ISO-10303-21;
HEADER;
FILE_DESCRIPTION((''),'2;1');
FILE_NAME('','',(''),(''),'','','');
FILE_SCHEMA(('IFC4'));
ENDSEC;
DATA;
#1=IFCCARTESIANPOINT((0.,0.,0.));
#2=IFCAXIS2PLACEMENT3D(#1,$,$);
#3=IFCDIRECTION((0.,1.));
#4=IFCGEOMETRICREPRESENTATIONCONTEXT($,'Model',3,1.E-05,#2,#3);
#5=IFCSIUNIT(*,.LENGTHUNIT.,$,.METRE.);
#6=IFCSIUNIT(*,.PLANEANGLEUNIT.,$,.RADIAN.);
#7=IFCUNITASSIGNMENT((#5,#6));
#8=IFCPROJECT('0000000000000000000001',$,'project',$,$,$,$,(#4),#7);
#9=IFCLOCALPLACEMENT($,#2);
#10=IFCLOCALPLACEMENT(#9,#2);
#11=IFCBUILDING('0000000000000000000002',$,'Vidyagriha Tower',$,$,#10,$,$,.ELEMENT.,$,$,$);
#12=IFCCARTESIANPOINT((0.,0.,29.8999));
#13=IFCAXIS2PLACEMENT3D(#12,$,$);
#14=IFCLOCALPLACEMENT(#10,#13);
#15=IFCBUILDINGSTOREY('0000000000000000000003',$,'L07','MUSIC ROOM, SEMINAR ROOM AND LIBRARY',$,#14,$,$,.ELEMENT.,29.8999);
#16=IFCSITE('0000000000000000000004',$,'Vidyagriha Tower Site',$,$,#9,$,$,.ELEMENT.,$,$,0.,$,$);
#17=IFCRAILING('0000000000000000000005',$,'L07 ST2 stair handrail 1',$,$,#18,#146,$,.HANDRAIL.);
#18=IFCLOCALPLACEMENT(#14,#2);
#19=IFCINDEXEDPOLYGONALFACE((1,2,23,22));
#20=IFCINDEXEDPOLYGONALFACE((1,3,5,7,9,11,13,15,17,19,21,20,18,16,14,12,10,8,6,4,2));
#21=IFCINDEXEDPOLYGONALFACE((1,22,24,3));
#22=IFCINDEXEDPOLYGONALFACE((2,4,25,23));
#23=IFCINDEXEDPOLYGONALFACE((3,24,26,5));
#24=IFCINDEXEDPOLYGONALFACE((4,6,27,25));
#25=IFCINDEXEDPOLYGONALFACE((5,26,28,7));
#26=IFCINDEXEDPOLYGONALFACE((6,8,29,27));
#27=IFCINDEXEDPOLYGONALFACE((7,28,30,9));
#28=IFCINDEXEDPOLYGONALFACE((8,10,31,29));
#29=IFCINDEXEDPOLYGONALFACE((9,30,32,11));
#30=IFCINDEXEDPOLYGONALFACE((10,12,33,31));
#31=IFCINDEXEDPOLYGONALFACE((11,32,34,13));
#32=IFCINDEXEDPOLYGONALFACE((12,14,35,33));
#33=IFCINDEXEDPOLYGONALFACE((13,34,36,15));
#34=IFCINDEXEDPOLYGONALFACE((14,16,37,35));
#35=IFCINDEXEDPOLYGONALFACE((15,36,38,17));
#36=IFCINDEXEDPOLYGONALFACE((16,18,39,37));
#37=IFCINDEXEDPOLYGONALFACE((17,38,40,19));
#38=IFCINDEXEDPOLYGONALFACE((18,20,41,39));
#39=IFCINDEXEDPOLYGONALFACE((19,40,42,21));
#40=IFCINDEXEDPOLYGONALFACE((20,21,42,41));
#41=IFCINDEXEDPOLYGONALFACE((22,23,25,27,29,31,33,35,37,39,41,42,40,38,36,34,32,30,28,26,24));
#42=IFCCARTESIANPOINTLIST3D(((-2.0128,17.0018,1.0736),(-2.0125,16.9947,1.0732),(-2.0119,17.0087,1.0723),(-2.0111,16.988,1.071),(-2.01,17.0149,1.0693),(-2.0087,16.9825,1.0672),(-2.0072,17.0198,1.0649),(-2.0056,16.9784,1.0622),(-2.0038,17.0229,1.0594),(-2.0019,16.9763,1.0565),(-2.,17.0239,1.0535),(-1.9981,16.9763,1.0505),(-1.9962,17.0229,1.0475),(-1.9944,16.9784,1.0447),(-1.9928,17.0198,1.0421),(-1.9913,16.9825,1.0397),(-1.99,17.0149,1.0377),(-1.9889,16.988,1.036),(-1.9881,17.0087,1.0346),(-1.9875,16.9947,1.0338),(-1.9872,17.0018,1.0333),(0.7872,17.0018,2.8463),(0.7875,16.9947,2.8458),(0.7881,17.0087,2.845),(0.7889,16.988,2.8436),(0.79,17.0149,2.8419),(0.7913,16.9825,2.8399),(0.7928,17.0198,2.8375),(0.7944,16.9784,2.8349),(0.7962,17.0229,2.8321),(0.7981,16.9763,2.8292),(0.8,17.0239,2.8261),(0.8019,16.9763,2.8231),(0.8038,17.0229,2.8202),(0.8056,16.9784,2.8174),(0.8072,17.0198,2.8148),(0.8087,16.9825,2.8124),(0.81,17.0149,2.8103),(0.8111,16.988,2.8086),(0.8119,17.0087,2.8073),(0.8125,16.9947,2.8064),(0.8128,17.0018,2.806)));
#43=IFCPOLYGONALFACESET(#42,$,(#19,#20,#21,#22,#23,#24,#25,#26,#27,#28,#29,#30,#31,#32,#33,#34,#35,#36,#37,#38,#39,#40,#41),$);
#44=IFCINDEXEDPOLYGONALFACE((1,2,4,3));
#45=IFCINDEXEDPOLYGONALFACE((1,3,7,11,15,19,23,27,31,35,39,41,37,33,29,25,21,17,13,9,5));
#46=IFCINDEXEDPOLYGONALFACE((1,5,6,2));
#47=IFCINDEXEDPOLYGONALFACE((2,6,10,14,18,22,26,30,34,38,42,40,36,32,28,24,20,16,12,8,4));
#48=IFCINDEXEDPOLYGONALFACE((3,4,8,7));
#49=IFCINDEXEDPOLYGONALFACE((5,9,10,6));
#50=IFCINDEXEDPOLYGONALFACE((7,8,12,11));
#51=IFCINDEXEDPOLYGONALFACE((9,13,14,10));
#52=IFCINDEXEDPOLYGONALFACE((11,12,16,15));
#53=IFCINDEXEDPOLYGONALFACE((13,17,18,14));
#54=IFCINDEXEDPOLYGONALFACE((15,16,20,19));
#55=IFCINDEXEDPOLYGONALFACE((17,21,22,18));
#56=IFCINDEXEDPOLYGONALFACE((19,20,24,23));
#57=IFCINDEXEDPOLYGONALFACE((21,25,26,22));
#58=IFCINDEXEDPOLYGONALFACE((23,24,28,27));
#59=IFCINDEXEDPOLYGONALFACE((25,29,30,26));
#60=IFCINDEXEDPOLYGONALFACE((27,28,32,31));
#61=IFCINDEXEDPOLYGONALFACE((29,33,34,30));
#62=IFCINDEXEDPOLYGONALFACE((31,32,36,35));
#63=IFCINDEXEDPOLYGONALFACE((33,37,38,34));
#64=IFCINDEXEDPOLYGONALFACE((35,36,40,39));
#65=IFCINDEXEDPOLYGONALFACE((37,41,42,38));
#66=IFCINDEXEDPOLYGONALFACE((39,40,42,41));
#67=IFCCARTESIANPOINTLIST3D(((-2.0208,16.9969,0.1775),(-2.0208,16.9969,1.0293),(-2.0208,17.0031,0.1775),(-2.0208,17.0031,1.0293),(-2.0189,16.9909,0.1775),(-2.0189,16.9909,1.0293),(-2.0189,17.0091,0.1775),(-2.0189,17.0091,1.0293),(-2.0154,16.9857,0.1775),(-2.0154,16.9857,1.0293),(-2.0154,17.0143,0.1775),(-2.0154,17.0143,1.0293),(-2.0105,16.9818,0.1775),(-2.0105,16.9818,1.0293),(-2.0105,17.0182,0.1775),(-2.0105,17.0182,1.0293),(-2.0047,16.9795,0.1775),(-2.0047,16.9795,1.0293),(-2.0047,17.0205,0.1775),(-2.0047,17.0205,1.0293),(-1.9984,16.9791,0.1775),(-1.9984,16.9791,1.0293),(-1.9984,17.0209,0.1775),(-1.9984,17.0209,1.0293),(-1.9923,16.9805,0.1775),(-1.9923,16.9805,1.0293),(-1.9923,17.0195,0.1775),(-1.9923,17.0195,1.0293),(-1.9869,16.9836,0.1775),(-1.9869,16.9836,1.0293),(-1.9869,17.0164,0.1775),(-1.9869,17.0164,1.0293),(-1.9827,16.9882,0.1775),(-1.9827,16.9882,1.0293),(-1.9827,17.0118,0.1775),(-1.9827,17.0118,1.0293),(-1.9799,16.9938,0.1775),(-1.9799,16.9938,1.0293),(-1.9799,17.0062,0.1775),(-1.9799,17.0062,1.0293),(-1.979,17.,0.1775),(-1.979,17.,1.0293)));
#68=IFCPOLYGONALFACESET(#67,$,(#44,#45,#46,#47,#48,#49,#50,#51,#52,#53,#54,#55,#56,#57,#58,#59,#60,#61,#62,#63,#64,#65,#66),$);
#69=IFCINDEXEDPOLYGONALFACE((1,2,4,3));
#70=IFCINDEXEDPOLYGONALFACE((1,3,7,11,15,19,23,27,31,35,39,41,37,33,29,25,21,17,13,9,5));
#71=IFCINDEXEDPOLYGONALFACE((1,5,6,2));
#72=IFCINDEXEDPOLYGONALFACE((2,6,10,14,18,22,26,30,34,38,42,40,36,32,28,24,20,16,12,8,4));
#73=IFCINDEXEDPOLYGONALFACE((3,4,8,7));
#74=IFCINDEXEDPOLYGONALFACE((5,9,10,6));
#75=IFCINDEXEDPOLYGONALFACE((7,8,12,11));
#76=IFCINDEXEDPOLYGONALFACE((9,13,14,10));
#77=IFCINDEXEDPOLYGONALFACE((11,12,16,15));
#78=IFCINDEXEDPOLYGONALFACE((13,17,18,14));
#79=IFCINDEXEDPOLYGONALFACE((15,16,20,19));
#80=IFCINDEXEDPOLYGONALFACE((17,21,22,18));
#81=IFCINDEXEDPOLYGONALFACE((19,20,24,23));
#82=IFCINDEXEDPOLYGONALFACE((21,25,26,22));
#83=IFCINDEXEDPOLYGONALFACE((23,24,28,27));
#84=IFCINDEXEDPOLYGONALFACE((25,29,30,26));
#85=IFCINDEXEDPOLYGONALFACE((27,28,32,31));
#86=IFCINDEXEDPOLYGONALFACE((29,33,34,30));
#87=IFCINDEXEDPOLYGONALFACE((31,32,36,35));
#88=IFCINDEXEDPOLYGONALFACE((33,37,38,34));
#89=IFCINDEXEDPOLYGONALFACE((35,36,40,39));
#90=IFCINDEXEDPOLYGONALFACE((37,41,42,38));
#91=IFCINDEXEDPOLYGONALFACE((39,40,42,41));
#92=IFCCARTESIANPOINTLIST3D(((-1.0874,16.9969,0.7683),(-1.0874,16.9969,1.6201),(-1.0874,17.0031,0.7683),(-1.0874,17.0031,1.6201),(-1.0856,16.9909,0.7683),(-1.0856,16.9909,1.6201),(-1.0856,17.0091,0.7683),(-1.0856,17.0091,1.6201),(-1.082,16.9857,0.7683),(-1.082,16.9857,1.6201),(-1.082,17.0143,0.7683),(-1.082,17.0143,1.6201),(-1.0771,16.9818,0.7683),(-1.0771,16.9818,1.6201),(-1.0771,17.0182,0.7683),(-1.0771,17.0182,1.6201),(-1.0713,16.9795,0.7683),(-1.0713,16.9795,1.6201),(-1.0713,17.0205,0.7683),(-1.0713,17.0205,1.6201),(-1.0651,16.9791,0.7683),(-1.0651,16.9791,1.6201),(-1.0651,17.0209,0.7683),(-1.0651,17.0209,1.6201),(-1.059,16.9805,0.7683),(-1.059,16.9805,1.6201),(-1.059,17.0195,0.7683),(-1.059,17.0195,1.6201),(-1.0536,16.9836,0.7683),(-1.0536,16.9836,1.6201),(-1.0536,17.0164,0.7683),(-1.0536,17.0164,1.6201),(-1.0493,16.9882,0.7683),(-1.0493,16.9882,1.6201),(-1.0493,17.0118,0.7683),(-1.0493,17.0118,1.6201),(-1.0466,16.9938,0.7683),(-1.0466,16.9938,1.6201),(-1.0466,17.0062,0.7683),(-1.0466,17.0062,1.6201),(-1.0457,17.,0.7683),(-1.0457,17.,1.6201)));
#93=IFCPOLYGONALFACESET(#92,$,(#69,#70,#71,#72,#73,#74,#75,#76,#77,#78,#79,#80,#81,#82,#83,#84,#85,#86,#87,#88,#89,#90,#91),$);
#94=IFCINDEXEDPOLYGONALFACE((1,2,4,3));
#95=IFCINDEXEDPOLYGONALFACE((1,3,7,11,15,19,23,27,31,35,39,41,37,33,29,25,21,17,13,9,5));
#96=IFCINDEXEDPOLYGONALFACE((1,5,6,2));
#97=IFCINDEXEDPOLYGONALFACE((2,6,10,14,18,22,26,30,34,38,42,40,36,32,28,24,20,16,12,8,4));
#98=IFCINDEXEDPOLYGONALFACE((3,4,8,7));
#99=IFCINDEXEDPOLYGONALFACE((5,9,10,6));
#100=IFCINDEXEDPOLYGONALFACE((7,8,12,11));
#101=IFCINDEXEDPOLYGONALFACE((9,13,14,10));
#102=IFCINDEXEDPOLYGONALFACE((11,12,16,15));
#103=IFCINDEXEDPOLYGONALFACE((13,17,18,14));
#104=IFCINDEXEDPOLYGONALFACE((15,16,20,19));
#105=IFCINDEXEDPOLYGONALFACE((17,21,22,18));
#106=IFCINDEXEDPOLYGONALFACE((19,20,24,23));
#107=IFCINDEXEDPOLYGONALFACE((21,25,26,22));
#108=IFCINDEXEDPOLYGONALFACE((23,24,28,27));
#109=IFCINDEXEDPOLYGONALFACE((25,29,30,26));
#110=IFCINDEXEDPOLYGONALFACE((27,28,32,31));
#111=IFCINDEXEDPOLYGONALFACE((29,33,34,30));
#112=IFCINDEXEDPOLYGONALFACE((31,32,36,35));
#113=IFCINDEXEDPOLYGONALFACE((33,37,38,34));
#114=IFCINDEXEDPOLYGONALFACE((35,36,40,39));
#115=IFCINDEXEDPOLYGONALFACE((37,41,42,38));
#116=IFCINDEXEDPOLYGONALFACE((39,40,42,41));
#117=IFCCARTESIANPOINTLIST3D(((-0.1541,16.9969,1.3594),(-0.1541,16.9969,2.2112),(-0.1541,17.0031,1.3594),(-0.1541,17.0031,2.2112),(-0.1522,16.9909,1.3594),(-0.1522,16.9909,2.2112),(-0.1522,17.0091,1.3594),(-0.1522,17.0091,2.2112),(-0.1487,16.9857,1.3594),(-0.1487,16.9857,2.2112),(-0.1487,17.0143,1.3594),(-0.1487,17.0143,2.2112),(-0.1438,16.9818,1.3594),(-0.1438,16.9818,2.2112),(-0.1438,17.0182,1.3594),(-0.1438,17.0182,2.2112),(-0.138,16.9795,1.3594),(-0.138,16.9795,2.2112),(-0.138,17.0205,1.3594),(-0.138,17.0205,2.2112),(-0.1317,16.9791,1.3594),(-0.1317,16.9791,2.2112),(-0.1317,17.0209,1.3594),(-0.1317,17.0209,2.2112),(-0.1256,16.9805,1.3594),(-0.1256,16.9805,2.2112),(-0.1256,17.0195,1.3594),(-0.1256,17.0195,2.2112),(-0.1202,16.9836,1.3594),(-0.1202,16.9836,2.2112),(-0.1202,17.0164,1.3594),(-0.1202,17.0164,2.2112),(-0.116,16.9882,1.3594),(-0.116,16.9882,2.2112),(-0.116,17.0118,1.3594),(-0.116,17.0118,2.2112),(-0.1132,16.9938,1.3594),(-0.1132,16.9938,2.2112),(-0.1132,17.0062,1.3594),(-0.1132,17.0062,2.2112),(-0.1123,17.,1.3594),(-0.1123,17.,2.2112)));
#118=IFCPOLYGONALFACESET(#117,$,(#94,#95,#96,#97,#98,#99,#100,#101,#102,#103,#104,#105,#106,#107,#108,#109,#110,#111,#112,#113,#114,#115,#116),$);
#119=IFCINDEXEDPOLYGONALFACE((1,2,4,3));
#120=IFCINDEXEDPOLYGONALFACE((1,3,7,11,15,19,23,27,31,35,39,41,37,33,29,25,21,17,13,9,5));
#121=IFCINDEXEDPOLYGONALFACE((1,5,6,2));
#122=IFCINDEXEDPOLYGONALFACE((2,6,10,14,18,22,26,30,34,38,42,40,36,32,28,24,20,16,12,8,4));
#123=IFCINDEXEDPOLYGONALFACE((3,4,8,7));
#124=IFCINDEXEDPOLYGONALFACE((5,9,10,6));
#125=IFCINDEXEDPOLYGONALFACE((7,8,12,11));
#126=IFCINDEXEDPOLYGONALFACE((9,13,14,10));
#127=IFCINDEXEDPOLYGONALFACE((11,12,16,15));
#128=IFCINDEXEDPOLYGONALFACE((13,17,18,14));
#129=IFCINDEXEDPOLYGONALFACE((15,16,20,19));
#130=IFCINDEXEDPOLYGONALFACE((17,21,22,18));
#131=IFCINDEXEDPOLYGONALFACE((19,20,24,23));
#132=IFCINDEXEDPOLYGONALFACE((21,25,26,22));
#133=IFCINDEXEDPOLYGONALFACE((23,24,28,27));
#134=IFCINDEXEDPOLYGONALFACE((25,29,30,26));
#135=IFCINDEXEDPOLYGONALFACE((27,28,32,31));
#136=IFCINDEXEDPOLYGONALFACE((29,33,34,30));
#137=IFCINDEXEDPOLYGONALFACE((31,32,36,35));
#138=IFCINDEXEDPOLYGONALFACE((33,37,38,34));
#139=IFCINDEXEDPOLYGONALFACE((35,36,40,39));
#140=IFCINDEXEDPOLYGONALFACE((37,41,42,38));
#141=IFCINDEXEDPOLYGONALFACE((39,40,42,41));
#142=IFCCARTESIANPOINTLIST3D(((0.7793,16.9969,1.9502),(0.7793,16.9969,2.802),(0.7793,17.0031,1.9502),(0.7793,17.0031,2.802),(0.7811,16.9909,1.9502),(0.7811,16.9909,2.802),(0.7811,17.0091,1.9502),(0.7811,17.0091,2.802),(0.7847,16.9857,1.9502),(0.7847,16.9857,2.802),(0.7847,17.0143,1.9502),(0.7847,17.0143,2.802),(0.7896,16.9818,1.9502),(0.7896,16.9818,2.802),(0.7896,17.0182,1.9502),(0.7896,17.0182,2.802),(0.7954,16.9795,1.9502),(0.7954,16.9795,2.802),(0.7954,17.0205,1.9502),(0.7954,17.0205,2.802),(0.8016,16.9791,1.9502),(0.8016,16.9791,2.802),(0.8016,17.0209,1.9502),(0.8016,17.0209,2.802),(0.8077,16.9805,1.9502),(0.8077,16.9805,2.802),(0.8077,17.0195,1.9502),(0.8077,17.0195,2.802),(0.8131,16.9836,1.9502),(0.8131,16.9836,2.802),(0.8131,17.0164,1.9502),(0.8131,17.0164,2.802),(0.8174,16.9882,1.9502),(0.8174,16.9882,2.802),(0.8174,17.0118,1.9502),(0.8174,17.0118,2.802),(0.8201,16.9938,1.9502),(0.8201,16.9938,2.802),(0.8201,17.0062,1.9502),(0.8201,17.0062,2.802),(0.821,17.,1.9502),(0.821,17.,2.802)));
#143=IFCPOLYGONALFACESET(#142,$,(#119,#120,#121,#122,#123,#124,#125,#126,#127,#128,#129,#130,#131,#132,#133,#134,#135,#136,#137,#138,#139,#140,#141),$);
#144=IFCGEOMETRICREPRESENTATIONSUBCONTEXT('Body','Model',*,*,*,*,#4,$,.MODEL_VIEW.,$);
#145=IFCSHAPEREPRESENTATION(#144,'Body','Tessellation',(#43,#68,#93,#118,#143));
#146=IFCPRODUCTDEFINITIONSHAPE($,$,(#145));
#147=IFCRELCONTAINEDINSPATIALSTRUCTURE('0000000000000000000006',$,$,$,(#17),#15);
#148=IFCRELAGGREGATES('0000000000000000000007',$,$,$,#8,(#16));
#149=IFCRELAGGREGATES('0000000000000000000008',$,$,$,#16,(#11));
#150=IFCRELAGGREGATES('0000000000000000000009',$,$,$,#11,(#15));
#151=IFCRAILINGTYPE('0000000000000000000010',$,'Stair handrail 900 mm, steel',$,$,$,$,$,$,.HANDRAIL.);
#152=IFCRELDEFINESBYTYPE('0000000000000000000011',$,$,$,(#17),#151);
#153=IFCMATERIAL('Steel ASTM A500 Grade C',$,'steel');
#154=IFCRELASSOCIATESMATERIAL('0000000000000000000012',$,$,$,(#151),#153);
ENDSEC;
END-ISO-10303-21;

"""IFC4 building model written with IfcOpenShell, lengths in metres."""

from ifc_helpers import new_model, si_unit, direction, frame, origin, origin_2d, place, context, subcontext, project, spatial, circle, extrude, material, type_object, element, save


model = new_model("IFC4")

# Units and contexts
model_context = context("Model", 3, precision=1e-05, world=origin(), true_north=direction((0.0, 1.0)))
body_context = subcontext(model_context, "Body", "Model", "MODEL_VIEW")
ifc_project = project(units=[si_unit("LENGTHUNIT", "METRE"), si_unit("PLANEANGLEUNIT", "RADIAN")], contexts=[model_context])

# Site, building, storey
site_placement = place(None, origin())
site = spatial("IfcSite", under=ifc_project, at=site_placement, Name="Vidyagriha Tower Site", CompositionType="ELEMENT", RefElevation=0.0)
building_placement = place(site_placement, origin())
building = spatial("IfcBuilding", under=site, at=building_placement, Name="Vidyagriha Tower", CompositionType="ELEMENT")
storey_placement = place(building_placement, frame((0.0, 0.0, 29.8999)))
storey = spatial("IfcBuildingStorey", under=building, at=storey_placement, Name="L07", Description="MUSIC ROOM, SEMINAR ROOM AND LIBRARY", CompositionType="ELEMENT", Elevation=29.8999)

# Railing
ifc_material_1 = material(Name="Steel ASTM A500 Grade C", Category="steel")
railing_type_1 = type_object("IfcRailingType", Name="Stair handrail 900 mm, steel", PredefinedType="HANDRAIL", material=ifc_material_1)
railing_1_placement = place(storey_placement, frame((-2.0, 17.0, 0.1775)))
element("IfcRailing", 1, at=railing_1_placement, inside=storey, type_object=railing_type_1, Name="L07 ST2 stair handrail 1", PredefinedType="HANDRAIL", context=body_context, shape_type="SweptSolid", body=[
    extrude(circle(Radius=0.0239, at=origin_2d()), frame((0.0, 0.0, 0.876), z_axis=(0.844909, 0.0, 0.53491), x_axis=(0.0, 1.0, 0.0)), (0.0, 0.0, 1.0), 3.314),
    extrude(circle(Radius=0.021, at=origin_2d()), origin(), (0.0, 0.0, 1.0), 0.8518),
    extrude(circle(Radius=0.021, at=origin_2d()), frame((0.9333, 0.0, 0.5908)), (0.0, 0.0, 1.0), 0.8518),
    extrude(circle(Radius=0.021, at=origin_2d()), frame((1.8667, 0.0, 1.1819)), (0.0, 0.0, 1.0), 0.8518),
    extrude(circle(Radius=0.021, at=origin_2d()), frame((2.8, 0.0, 1.7727)), (0.0, 0.0, 1.0), 0.8518),
])

save(model, "model.ifc")
